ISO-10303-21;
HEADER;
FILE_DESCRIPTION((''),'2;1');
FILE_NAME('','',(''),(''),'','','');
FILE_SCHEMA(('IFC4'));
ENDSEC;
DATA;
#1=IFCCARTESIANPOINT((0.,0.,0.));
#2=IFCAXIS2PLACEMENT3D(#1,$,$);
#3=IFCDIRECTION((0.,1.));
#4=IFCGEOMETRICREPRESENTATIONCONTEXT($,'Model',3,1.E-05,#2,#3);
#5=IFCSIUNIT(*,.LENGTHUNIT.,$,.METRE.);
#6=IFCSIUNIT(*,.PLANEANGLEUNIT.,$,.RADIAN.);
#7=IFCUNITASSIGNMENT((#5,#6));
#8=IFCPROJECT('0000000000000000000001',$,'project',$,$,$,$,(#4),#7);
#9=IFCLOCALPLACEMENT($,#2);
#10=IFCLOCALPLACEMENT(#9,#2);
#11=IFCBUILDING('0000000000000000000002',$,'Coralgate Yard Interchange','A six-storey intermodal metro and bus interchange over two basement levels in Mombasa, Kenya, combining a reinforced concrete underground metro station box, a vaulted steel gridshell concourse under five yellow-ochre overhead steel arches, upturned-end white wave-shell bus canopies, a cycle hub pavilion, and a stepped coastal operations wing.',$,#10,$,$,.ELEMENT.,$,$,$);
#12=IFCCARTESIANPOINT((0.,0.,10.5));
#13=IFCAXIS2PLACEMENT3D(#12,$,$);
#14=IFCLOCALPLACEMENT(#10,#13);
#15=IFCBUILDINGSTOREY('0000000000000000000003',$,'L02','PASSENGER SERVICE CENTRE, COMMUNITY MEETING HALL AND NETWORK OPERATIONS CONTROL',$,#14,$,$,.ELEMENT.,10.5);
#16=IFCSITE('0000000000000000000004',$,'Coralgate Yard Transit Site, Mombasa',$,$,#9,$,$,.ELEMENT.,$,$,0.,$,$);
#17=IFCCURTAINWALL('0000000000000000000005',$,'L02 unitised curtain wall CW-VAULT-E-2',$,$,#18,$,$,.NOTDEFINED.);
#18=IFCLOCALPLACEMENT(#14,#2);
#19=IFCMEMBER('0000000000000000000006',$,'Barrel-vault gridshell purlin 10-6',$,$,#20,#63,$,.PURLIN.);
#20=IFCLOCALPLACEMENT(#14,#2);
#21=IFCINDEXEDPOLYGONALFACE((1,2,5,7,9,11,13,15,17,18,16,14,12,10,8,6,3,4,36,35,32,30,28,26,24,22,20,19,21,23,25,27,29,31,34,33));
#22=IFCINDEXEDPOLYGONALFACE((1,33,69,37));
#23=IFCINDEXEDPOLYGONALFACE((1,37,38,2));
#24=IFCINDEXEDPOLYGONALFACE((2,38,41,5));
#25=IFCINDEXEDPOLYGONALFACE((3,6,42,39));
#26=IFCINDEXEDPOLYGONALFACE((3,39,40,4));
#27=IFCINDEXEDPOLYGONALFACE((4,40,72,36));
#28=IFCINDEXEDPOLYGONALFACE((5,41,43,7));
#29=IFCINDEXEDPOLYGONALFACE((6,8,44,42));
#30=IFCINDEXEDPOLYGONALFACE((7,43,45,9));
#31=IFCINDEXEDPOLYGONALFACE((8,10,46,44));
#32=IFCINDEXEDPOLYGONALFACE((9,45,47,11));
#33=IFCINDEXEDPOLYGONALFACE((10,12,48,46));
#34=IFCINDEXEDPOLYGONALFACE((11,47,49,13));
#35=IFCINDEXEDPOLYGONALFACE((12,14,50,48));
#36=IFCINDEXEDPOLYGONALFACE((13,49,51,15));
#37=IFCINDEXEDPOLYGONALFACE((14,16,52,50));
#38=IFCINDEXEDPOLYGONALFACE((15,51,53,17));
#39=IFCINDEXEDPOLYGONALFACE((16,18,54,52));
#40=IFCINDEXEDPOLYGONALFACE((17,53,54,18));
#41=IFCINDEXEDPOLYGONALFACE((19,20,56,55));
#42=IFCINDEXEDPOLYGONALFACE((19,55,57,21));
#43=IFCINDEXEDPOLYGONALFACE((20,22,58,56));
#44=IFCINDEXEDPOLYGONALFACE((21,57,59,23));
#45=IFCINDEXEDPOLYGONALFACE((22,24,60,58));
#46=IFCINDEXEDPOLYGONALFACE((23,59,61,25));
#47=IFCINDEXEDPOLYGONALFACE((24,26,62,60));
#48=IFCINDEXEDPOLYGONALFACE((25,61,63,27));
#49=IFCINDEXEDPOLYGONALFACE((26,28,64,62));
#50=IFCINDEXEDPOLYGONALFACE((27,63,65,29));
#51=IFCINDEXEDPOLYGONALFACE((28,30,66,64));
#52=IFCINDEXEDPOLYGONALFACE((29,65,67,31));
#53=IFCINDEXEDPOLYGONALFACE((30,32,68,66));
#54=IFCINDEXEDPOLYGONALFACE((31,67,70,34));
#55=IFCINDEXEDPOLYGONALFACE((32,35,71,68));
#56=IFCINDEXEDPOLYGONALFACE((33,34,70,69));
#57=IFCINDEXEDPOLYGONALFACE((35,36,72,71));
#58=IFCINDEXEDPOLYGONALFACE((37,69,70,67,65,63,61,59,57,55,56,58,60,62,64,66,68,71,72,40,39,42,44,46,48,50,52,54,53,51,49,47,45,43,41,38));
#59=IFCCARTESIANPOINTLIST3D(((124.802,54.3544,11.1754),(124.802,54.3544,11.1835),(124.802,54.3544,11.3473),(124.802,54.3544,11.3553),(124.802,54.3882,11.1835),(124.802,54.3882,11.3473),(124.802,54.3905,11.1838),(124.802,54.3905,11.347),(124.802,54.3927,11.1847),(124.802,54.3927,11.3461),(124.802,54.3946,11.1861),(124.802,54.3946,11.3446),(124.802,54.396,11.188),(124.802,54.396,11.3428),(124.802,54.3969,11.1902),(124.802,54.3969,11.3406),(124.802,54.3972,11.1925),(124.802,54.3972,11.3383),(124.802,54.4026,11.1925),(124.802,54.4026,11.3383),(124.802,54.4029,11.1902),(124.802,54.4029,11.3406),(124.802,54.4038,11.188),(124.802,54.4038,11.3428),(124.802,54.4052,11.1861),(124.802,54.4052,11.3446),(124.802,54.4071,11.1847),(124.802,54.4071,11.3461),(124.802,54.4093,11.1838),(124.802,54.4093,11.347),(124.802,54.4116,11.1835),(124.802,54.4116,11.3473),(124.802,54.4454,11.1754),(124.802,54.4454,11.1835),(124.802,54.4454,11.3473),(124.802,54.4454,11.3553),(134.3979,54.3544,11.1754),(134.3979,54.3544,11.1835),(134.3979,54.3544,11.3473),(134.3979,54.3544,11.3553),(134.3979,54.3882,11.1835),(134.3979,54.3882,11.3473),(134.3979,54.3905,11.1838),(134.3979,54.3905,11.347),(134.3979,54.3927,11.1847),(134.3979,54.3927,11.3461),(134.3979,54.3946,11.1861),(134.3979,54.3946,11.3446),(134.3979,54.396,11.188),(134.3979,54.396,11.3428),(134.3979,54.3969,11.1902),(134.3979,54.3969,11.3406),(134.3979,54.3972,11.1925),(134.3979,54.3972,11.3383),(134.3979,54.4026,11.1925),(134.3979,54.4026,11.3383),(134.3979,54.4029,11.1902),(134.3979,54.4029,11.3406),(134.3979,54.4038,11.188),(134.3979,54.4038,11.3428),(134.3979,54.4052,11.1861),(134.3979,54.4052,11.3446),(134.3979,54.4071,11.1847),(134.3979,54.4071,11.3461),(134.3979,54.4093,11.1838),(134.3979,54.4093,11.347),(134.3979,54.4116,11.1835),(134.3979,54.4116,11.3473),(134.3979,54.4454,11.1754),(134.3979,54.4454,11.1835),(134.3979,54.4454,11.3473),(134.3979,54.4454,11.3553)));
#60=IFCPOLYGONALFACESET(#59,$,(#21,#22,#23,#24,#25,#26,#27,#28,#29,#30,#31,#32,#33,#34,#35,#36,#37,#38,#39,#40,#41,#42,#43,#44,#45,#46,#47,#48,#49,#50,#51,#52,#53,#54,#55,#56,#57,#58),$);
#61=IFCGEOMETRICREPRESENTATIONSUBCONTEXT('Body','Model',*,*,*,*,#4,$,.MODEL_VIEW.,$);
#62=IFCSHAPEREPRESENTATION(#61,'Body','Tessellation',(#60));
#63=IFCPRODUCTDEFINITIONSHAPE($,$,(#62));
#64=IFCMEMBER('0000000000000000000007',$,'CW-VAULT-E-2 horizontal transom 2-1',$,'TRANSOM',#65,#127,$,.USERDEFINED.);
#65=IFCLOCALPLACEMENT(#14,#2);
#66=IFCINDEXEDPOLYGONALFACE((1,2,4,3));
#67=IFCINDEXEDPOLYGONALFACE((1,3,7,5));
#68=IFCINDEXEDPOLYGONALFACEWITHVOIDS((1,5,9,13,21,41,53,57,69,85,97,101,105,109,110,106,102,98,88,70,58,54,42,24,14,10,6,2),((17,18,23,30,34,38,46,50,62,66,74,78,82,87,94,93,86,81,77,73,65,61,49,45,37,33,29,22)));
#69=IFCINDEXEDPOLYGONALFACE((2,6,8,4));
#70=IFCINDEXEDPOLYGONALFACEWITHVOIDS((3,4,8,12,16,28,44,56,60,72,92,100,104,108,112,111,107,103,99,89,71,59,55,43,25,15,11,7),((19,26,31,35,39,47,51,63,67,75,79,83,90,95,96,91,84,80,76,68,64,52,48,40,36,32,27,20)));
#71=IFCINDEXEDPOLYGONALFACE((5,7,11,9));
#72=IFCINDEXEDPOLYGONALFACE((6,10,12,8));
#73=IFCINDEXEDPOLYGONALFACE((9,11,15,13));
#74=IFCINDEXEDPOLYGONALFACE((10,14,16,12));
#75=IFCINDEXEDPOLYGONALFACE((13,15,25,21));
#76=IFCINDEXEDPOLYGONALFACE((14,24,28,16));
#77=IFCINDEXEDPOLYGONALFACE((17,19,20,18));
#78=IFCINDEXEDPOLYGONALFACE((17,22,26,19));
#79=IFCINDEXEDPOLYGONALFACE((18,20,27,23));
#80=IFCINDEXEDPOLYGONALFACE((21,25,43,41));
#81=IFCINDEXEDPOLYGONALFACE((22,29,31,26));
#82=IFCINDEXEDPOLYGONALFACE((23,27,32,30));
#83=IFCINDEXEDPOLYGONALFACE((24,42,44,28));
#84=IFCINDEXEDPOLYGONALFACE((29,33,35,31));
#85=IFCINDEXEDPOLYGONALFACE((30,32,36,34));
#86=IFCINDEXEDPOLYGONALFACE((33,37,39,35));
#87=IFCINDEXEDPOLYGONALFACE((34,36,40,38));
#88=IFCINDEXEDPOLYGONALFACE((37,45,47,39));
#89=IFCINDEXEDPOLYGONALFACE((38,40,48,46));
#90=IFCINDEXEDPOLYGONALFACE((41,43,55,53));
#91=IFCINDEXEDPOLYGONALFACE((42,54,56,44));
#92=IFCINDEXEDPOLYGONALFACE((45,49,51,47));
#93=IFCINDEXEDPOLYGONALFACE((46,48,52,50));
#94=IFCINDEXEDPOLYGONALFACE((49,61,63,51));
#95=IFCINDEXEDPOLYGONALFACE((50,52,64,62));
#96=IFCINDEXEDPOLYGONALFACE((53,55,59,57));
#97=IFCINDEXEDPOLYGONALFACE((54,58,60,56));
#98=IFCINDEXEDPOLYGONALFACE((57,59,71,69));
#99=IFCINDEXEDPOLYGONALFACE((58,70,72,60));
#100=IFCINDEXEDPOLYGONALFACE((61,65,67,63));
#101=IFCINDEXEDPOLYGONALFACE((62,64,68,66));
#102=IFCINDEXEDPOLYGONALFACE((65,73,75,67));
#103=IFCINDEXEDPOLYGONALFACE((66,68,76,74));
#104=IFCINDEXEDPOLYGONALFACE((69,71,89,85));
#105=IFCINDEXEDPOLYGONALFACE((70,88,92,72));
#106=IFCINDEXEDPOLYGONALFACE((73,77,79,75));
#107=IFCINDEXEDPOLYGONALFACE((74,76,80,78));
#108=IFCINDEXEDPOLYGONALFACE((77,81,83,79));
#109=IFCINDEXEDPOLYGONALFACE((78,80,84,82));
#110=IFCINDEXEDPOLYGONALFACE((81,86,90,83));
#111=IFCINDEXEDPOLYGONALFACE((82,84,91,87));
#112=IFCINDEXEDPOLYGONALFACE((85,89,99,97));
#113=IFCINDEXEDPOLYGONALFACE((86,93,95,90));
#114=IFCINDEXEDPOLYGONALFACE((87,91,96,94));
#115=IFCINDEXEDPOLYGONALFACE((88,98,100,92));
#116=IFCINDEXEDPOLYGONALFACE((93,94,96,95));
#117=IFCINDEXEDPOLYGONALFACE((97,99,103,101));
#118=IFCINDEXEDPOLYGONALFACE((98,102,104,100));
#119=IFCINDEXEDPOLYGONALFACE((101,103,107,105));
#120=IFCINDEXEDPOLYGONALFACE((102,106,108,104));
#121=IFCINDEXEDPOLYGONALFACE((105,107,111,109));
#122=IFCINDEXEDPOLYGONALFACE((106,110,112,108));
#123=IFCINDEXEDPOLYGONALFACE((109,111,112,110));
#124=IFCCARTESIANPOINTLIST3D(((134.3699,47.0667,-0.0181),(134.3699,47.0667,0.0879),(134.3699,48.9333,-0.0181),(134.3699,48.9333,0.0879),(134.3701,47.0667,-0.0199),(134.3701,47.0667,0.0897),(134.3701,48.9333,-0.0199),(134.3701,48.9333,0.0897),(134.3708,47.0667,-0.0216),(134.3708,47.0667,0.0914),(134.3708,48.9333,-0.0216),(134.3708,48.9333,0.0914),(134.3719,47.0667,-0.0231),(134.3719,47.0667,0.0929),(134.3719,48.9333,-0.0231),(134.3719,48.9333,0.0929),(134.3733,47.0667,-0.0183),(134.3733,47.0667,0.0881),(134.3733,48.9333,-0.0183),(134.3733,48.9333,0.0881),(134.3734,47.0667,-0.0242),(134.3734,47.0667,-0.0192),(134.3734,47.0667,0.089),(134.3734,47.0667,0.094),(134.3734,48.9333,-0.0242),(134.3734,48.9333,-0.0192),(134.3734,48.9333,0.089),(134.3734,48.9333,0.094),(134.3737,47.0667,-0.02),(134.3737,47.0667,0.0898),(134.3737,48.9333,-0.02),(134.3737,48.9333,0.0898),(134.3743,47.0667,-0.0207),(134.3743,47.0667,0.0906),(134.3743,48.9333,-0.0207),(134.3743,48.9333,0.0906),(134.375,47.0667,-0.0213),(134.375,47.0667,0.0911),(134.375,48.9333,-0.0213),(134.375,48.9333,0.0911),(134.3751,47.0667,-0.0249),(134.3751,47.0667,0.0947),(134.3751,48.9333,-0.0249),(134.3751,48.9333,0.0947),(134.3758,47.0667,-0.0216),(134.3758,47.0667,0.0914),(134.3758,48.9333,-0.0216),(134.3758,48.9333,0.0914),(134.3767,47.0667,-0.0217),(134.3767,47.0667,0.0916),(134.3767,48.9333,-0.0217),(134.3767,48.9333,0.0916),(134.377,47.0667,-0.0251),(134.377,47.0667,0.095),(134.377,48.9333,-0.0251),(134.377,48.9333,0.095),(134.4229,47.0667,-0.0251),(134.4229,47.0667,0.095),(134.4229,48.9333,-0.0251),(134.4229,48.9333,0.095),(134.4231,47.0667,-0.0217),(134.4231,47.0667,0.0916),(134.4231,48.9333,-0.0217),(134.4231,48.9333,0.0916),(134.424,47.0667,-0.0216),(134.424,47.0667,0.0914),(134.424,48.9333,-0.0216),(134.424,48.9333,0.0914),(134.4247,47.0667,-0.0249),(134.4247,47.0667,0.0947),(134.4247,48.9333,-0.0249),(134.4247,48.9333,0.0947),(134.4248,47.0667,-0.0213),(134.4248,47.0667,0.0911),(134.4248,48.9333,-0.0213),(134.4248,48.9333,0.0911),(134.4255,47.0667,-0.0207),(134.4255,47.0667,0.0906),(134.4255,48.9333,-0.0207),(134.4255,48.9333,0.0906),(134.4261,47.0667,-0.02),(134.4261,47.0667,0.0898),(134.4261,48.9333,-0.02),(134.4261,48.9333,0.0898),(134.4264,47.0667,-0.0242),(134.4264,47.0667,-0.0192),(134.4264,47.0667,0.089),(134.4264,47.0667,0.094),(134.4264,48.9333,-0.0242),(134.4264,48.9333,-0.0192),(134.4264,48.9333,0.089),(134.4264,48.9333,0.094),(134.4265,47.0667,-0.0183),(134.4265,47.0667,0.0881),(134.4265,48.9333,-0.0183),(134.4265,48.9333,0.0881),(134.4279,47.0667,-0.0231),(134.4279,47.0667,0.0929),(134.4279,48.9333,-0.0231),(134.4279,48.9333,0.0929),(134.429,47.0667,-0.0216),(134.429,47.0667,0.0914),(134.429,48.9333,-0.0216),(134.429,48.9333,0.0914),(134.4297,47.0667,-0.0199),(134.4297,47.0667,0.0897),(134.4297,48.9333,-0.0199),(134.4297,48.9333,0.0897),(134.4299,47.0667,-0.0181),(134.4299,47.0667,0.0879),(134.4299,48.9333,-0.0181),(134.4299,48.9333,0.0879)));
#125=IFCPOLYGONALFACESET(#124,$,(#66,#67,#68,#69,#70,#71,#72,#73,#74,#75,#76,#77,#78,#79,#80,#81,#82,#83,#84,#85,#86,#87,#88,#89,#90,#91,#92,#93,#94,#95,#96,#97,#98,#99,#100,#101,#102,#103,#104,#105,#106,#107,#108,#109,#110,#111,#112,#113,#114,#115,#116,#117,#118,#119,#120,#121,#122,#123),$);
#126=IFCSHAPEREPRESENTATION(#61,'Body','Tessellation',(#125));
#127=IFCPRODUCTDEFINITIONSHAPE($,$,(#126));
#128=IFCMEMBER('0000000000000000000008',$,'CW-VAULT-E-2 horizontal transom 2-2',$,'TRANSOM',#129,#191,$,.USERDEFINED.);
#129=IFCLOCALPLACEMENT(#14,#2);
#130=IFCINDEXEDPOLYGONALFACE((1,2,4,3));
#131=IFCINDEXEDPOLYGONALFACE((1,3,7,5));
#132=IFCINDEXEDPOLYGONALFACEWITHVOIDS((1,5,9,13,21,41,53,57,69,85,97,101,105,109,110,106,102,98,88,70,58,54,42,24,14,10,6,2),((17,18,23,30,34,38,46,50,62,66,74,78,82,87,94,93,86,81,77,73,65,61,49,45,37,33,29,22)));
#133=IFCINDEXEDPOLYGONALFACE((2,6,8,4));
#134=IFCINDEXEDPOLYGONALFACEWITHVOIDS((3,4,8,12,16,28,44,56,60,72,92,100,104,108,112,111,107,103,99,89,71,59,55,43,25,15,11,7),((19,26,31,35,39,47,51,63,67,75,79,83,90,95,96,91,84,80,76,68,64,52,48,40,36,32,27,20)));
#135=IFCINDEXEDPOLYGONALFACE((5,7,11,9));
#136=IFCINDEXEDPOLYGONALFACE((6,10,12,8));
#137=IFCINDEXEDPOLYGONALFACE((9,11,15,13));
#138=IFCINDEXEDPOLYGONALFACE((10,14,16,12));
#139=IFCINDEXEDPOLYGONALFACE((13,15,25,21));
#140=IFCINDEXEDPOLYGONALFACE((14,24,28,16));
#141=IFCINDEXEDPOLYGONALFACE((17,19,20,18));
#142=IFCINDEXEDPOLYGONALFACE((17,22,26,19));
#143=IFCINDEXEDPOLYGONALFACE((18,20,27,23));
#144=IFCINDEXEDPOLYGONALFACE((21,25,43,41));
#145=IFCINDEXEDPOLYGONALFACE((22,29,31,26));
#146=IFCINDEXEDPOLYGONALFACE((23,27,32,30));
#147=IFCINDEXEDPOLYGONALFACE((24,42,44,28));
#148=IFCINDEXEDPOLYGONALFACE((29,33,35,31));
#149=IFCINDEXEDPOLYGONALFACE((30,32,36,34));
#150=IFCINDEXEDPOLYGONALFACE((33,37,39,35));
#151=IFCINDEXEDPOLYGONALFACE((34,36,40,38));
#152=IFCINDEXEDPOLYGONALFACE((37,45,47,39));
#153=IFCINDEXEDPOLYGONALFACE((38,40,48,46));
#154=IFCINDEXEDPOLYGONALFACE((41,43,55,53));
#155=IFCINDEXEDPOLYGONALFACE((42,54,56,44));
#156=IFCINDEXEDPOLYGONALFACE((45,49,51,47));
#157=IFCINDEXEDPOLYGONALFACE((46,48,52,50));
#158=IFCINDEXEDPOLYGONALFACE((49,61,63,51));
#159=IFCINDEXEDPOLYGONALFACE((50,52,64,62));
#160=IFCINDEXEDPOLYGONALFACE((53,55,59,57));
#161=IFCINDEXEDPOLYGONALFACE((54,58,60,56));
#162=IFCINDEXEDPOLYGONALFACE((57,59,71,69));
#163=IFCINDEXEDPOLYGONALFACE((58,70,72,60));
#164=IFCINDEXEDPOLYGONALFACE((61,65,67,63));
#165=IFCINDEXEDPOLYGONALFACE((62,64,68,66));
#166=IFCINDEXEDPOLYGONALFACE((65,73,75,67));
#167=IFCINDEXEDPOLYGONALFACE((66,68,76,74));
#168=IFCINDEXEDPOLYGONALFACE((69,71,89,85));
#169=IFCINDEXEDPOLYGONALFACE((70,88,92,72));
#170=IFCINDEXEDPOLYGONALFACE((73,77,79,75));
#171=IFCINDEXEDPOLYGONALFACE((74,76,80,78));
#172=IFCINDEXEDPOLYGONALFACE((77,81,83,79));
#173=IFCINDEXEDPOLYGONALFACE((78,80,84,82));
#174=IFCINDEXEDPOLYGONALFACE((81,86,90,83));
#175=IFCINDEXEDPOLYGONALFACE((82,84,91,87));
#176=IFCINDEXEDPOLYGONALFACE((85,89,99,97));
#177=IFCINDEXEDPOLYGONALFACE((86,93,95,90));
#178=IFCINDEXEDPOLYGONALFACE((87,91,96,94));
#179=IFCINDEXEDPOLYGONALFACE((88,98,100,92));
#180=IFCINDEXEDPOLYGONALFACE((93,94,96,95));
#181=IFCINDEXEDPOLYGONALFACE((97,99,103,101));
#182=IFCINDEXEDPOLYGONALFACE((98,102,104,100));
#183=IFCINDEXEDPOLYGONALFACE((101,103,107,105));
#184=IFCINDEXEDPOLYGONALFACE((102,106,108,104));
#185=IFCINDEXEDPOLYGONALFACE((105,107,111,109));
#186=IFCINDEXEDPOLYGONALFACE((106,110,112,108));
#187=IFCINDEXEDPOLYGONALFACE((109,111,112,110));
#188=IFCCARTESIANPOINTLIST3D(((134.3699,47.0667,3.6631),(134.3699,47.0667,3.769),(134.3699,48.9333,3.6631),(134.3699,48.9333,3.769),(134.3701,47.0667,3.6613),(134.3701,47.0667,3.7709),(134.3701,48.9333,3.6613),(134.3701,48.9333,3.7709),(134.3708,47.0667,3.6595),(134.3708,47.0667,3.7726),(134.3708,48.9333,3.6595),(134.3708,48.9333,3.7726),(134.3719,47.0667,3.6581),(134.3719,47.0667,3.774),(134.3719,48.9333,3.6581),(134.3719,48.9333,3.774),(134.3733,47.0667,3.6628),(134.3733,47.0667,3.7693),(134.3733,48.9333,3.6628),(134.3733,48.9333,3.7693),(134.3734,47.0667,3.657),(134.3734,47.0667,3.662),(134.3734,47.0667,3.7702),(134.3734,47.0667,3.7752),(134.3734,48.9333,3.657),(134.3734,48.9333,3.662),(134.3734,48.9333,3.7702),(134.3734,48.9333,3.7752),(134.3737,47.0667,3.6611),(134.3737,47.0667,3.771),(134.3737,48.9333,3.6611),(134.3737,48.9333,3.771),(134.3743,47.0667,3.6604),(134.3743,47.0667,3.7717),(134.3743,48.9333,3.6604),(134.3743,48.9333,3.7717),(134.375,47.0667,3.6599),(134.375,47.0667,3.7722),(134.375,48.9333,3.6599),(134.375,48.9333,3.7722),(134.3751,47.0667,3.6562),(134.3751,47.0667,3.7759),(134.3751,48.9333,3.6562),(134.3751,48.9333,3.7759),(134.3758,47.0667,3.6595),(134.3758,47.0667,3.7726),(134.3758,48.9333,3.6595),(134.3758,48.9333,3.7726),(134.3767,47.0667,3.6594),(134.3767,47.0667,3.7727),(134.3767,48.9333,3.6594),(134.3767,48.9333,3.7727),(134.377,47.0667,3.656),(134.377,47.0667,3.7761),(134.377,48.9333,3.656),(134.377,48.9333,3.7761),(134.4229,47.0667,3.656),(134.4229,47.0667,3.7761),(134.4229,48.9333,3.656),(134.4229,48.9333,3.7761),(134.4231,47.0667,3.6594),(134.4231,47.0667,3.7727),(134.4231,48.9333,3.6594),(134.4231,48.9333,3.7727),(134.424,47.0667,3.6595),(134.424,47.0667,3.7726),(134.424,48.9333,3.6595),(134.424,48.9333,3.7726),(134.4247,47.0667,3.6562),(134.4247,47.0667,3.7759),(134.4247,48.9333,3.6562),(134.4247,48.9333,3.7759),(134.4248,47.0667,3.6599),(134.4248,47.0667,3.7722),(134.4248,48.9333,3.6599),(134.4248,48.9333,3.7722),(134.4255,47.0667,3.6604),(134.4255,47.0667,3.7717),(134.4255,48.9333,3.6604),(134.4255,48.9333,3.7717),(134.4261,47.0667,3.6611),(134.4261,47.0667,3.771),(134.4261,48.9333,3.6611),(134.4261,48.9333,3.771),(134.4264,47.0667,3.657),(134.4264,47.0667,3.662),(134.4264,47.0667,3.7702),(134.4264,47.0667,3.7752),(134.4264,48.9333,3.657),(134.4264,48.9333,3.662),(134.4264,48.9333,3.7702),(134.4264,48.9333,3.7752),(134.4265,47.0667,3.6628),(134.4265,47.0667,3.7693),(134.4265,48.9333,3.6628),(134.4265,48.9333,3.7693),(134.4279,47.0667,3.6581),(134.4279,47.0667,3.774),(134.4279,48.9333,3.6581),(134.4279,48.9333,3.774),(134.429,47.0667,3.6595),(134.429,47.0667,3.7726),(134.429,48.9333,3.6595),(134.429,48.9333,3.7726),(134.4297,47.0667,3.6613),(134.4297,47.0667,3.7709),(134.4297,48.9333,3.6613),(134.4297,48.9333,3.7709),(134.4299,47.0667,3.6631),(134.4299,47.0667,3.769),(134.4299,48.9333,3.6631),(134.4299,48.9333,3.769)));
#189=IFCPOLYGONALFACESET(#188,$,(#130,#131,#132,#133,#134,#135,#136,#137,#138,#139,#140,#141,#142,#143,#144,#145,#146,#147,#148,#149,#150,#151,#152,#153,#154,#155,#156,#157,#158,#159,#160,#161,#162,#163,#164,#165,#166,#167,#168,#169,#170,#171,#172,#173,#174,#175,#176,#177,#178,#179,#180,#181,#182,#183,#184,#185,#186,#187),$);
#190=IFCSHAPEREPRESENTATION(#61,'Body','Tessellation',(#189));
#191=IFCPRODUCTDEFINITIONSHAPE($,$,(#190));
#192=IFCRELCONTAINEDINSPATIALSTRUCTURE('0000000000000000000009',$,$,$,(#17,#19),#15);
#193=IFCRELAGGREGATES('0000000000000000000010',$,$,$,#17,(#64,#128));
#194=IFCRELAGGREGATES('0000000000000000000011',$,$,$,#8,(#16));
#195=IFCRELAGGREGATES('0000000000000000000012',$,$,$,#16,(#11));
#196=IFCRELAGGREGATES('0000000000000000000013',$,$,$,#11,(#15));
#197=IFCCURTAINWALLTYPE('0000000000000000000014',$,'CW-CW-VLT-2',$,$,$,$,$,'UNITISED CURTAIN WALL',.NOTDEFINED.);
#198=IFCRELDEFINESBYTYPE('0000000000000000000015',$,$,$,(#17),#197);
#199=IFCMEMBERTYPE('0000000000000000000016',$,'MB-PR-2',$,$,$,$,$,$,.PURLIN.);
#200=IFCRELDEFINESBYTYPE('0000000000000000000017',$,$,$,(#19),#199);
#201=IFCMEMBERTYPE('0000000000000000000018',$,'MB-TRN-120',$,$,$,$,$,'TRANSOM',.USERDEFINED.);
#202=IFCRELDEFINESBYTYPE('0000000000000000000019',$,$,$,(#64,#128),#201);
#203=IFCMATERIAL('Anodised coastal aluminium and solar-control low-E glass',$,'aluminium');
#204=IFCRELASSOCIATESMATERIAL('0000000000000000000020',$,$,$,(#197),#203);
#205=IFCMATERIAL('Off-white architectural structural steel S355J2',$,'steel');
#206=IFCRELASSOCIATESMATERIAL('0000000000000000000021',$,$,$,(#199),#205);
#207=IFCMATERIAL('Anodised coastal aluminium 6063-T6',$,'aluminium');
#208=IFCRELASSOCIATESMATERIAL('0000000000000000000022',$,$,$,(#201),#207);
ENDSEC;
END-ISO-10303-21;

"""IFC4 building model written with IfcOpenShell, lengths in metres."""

from ifc_helpers import new_model, si_unit, direction, frame, origin, origin_2d, place, context, subcontext, project, spatial, hollow_rectangle, i_section, extrude, material, material_profile, profile_set, type_object, element, aggregate, save


model = new_model("IFC4")

# Units and contexts
model_context = context("Model", 3, precision=1e-05, world=origin(), true_north=direction((0.0, 1.0)))
body_context = subcontext(model_context, "Body", "Model", "MODEL_VIEW")
ifc_project = project(units=[si_unit("LENGTHUNIT", "METRE"), si_unit("PLANEANGLEUNIT", "RADIAN")], contexts=[model_context])

# Site, building, storey
site_placement = place(None, origin())
site = spatial("IfcSite", under=ifc_project, at=site_placement, Name="Coralgate Yard Transit Site, Mombasa", CompositionType="ELEMENT", RefElevation=0.0)
building_placement = place(site_placement, origin())
building = spatial("IfcBuilding", under=site, at=building_placement, Name="Coralgate Yard Interchange", Description="A six-storey intermodal metro and bus interchange over two basement levels in Mombasa, Kenya, combining a reinforced concrete underground metro station box, a vaulted steel gridshell concourse under five yellow-ochre overhead steel arches, upturned-end white wave-shell bus canopies, a cycle hub pavilion, and a stepped coastal operations wing.", CompositionType="ELEMENT")
storey_placement = place(building_placement, frame((0.0, 0.0, 10.5)))
storey = spatial("IfcBuildingStorey", under=building, at=storey_placement, Name="L02", Description="PASSENGER SERVICE CENTRE, COMMUNITY MEETING HALL AND NETWORK OPERATIONS CONTROL", CompositionType="ELEMENT", Elevation=10.5)

# Curtain wall
ifc_material_1 = material(Name="Anodised coastal aluminium and solar-control low-E glass", Category="aluminium")
curtain_wall_type = type_object("IfcCurtainWallType", Name="CW-CW-VLT-2", ElementType="UNITISED CURTAIN WALL", PredefinedType="NOTDEFINED", material=ifc_material_1)
curtain_wall_placement = place(storey_placement, origin())
curtain_wall = element("IfcCurtainWall", 1, at=curtain_wall_placement, inside=storey, type_object=curtain_wall_type, Name="L02 unitised curtain wall CW-VAULT-E-2", PredefinedType="NOTDEFINED")
ifc_material_2 = material(Name="Anodised coastal aluminium 6063-T6", Category="aluminium")

# Member
ifc_material_3 = material(Name="Off-white architectural structural steel S355J2", Category="steel")
ifc_material_profile_1 = material_profile(ifc_material_3, i_section(OverallWidth=0.0911, OverallDepth=0.1799, WebThickness=0.0054, FlangeThickness=0.0081, FilletRadius=0.009, at=origin_2d()), Name="IPE 180")
ifc_profile_set_1 = profile_set([ifc_material_profile_1], Name="Off-white architectural structural steel S355J2")
member_type_1 = type_object("IfcMemberType", Name="MB-PR-2", PredefinedType="PURLIN", material=ifc_profile_set_1)
for number, where, z_axis, x_axis, name in (
    (2, (124.802, 54.3999, 11.2654), (1.0, 0.0, 0.0), (0.0, 1.0, 0.0), "Barrel-vault gridshell purlin 10-6"),
):
    element("IfcMember", number, at=place(storey_placement, frame(where, z_axis=z_axis, x_axis=x_axis)), inside=storey, type_object=member_type_1, Name=name, PredefinedType="PURLIN", context=body_context, shape_type="SweptSolid", body=[
        extrude(i_section(OverallWidth=0.0911, OverallDepth=0.1799, WebThickness=0.0054, FlangeThickness=0.0081, FilletRadius=0.009, at=origin_2d()), origin(), (0.0, 0.0, 1.0), 9.5959),
    ])

# Members
ifc_material_profile_2 = material_profile(ifc_material_2, hollow_rectangle(XDim=0.0601, YDim=0.1201, WallThickness=0.0034, InnerFilletRadius=0.0034, OuterFilletRadius=0.0071, at=origin_2d()), Name="ALU 60x120x3.5")
ifc_profile_set_2 = profile_set([ifc_material_profile_2], Name="Anodised coastal aluminium 6063-T6")
member_type_2 = type_object("IfcMemberType", Name="MB-TRN-120", ElementType="TRANSOM", PredefinedType="USERDEFINED", material=ifc_profile_set_2)
member_1_placement = place(storey_placement, frame((134.3999, 48.9333, 0.0349), z_axis=(0.0, -1.0, 0.0), x_axis=(1.0, 0.0, 0.0)))
member_1 = element("IfcMember", 3, at=member_1_placement, type_object=member_type_2, Name="CW-VAULT-E-2 horizontal transom 2-1", ObjectType="TRANSOM", PredefinedType="USERDEFINED", context=body_context, shape_type="SweptSolid", body=[
    extrude(hollow_rectangle(XDim=0.0601, YDim=0.1201, WallThickness=0.0034, InnerFilletRadius=0.0034, OuterFilletRadius=0.0071, at=origin_2d()), origin(), (0.0, 0.0, 1.0), 1.8667),
])
member_2_placement = place(storey_placement, frame((134.3999, 48.9333, 3.7161), z_axis=(0.0, -1.0, 0.0), x_axis=(1.0, 0.0, 0.0)))
member_2 = element("IfcMember", 4, at=member_2_placement, type_object=member_type_2, Name="CW-VAULT-E-2 horizontal transom 2-2", ObjectType="TRANSOM", PredefinedType="USERDEFINED", context=body_context, shape_type="SweptSolid", body=[
    extrude(hollow_rectangle(XDim=0.0601, YDim=0.1201, WallThickness=0.0034, InnerFilletRadius=0.0034, OuterFilletRadius=0.0071, at=origin_2d()), origin(), (0.0, 0.0, 1.0), 1.8667),
])

aggregate(curtain_wall, [member_1, member_2])

save(model, "model.ifc")
